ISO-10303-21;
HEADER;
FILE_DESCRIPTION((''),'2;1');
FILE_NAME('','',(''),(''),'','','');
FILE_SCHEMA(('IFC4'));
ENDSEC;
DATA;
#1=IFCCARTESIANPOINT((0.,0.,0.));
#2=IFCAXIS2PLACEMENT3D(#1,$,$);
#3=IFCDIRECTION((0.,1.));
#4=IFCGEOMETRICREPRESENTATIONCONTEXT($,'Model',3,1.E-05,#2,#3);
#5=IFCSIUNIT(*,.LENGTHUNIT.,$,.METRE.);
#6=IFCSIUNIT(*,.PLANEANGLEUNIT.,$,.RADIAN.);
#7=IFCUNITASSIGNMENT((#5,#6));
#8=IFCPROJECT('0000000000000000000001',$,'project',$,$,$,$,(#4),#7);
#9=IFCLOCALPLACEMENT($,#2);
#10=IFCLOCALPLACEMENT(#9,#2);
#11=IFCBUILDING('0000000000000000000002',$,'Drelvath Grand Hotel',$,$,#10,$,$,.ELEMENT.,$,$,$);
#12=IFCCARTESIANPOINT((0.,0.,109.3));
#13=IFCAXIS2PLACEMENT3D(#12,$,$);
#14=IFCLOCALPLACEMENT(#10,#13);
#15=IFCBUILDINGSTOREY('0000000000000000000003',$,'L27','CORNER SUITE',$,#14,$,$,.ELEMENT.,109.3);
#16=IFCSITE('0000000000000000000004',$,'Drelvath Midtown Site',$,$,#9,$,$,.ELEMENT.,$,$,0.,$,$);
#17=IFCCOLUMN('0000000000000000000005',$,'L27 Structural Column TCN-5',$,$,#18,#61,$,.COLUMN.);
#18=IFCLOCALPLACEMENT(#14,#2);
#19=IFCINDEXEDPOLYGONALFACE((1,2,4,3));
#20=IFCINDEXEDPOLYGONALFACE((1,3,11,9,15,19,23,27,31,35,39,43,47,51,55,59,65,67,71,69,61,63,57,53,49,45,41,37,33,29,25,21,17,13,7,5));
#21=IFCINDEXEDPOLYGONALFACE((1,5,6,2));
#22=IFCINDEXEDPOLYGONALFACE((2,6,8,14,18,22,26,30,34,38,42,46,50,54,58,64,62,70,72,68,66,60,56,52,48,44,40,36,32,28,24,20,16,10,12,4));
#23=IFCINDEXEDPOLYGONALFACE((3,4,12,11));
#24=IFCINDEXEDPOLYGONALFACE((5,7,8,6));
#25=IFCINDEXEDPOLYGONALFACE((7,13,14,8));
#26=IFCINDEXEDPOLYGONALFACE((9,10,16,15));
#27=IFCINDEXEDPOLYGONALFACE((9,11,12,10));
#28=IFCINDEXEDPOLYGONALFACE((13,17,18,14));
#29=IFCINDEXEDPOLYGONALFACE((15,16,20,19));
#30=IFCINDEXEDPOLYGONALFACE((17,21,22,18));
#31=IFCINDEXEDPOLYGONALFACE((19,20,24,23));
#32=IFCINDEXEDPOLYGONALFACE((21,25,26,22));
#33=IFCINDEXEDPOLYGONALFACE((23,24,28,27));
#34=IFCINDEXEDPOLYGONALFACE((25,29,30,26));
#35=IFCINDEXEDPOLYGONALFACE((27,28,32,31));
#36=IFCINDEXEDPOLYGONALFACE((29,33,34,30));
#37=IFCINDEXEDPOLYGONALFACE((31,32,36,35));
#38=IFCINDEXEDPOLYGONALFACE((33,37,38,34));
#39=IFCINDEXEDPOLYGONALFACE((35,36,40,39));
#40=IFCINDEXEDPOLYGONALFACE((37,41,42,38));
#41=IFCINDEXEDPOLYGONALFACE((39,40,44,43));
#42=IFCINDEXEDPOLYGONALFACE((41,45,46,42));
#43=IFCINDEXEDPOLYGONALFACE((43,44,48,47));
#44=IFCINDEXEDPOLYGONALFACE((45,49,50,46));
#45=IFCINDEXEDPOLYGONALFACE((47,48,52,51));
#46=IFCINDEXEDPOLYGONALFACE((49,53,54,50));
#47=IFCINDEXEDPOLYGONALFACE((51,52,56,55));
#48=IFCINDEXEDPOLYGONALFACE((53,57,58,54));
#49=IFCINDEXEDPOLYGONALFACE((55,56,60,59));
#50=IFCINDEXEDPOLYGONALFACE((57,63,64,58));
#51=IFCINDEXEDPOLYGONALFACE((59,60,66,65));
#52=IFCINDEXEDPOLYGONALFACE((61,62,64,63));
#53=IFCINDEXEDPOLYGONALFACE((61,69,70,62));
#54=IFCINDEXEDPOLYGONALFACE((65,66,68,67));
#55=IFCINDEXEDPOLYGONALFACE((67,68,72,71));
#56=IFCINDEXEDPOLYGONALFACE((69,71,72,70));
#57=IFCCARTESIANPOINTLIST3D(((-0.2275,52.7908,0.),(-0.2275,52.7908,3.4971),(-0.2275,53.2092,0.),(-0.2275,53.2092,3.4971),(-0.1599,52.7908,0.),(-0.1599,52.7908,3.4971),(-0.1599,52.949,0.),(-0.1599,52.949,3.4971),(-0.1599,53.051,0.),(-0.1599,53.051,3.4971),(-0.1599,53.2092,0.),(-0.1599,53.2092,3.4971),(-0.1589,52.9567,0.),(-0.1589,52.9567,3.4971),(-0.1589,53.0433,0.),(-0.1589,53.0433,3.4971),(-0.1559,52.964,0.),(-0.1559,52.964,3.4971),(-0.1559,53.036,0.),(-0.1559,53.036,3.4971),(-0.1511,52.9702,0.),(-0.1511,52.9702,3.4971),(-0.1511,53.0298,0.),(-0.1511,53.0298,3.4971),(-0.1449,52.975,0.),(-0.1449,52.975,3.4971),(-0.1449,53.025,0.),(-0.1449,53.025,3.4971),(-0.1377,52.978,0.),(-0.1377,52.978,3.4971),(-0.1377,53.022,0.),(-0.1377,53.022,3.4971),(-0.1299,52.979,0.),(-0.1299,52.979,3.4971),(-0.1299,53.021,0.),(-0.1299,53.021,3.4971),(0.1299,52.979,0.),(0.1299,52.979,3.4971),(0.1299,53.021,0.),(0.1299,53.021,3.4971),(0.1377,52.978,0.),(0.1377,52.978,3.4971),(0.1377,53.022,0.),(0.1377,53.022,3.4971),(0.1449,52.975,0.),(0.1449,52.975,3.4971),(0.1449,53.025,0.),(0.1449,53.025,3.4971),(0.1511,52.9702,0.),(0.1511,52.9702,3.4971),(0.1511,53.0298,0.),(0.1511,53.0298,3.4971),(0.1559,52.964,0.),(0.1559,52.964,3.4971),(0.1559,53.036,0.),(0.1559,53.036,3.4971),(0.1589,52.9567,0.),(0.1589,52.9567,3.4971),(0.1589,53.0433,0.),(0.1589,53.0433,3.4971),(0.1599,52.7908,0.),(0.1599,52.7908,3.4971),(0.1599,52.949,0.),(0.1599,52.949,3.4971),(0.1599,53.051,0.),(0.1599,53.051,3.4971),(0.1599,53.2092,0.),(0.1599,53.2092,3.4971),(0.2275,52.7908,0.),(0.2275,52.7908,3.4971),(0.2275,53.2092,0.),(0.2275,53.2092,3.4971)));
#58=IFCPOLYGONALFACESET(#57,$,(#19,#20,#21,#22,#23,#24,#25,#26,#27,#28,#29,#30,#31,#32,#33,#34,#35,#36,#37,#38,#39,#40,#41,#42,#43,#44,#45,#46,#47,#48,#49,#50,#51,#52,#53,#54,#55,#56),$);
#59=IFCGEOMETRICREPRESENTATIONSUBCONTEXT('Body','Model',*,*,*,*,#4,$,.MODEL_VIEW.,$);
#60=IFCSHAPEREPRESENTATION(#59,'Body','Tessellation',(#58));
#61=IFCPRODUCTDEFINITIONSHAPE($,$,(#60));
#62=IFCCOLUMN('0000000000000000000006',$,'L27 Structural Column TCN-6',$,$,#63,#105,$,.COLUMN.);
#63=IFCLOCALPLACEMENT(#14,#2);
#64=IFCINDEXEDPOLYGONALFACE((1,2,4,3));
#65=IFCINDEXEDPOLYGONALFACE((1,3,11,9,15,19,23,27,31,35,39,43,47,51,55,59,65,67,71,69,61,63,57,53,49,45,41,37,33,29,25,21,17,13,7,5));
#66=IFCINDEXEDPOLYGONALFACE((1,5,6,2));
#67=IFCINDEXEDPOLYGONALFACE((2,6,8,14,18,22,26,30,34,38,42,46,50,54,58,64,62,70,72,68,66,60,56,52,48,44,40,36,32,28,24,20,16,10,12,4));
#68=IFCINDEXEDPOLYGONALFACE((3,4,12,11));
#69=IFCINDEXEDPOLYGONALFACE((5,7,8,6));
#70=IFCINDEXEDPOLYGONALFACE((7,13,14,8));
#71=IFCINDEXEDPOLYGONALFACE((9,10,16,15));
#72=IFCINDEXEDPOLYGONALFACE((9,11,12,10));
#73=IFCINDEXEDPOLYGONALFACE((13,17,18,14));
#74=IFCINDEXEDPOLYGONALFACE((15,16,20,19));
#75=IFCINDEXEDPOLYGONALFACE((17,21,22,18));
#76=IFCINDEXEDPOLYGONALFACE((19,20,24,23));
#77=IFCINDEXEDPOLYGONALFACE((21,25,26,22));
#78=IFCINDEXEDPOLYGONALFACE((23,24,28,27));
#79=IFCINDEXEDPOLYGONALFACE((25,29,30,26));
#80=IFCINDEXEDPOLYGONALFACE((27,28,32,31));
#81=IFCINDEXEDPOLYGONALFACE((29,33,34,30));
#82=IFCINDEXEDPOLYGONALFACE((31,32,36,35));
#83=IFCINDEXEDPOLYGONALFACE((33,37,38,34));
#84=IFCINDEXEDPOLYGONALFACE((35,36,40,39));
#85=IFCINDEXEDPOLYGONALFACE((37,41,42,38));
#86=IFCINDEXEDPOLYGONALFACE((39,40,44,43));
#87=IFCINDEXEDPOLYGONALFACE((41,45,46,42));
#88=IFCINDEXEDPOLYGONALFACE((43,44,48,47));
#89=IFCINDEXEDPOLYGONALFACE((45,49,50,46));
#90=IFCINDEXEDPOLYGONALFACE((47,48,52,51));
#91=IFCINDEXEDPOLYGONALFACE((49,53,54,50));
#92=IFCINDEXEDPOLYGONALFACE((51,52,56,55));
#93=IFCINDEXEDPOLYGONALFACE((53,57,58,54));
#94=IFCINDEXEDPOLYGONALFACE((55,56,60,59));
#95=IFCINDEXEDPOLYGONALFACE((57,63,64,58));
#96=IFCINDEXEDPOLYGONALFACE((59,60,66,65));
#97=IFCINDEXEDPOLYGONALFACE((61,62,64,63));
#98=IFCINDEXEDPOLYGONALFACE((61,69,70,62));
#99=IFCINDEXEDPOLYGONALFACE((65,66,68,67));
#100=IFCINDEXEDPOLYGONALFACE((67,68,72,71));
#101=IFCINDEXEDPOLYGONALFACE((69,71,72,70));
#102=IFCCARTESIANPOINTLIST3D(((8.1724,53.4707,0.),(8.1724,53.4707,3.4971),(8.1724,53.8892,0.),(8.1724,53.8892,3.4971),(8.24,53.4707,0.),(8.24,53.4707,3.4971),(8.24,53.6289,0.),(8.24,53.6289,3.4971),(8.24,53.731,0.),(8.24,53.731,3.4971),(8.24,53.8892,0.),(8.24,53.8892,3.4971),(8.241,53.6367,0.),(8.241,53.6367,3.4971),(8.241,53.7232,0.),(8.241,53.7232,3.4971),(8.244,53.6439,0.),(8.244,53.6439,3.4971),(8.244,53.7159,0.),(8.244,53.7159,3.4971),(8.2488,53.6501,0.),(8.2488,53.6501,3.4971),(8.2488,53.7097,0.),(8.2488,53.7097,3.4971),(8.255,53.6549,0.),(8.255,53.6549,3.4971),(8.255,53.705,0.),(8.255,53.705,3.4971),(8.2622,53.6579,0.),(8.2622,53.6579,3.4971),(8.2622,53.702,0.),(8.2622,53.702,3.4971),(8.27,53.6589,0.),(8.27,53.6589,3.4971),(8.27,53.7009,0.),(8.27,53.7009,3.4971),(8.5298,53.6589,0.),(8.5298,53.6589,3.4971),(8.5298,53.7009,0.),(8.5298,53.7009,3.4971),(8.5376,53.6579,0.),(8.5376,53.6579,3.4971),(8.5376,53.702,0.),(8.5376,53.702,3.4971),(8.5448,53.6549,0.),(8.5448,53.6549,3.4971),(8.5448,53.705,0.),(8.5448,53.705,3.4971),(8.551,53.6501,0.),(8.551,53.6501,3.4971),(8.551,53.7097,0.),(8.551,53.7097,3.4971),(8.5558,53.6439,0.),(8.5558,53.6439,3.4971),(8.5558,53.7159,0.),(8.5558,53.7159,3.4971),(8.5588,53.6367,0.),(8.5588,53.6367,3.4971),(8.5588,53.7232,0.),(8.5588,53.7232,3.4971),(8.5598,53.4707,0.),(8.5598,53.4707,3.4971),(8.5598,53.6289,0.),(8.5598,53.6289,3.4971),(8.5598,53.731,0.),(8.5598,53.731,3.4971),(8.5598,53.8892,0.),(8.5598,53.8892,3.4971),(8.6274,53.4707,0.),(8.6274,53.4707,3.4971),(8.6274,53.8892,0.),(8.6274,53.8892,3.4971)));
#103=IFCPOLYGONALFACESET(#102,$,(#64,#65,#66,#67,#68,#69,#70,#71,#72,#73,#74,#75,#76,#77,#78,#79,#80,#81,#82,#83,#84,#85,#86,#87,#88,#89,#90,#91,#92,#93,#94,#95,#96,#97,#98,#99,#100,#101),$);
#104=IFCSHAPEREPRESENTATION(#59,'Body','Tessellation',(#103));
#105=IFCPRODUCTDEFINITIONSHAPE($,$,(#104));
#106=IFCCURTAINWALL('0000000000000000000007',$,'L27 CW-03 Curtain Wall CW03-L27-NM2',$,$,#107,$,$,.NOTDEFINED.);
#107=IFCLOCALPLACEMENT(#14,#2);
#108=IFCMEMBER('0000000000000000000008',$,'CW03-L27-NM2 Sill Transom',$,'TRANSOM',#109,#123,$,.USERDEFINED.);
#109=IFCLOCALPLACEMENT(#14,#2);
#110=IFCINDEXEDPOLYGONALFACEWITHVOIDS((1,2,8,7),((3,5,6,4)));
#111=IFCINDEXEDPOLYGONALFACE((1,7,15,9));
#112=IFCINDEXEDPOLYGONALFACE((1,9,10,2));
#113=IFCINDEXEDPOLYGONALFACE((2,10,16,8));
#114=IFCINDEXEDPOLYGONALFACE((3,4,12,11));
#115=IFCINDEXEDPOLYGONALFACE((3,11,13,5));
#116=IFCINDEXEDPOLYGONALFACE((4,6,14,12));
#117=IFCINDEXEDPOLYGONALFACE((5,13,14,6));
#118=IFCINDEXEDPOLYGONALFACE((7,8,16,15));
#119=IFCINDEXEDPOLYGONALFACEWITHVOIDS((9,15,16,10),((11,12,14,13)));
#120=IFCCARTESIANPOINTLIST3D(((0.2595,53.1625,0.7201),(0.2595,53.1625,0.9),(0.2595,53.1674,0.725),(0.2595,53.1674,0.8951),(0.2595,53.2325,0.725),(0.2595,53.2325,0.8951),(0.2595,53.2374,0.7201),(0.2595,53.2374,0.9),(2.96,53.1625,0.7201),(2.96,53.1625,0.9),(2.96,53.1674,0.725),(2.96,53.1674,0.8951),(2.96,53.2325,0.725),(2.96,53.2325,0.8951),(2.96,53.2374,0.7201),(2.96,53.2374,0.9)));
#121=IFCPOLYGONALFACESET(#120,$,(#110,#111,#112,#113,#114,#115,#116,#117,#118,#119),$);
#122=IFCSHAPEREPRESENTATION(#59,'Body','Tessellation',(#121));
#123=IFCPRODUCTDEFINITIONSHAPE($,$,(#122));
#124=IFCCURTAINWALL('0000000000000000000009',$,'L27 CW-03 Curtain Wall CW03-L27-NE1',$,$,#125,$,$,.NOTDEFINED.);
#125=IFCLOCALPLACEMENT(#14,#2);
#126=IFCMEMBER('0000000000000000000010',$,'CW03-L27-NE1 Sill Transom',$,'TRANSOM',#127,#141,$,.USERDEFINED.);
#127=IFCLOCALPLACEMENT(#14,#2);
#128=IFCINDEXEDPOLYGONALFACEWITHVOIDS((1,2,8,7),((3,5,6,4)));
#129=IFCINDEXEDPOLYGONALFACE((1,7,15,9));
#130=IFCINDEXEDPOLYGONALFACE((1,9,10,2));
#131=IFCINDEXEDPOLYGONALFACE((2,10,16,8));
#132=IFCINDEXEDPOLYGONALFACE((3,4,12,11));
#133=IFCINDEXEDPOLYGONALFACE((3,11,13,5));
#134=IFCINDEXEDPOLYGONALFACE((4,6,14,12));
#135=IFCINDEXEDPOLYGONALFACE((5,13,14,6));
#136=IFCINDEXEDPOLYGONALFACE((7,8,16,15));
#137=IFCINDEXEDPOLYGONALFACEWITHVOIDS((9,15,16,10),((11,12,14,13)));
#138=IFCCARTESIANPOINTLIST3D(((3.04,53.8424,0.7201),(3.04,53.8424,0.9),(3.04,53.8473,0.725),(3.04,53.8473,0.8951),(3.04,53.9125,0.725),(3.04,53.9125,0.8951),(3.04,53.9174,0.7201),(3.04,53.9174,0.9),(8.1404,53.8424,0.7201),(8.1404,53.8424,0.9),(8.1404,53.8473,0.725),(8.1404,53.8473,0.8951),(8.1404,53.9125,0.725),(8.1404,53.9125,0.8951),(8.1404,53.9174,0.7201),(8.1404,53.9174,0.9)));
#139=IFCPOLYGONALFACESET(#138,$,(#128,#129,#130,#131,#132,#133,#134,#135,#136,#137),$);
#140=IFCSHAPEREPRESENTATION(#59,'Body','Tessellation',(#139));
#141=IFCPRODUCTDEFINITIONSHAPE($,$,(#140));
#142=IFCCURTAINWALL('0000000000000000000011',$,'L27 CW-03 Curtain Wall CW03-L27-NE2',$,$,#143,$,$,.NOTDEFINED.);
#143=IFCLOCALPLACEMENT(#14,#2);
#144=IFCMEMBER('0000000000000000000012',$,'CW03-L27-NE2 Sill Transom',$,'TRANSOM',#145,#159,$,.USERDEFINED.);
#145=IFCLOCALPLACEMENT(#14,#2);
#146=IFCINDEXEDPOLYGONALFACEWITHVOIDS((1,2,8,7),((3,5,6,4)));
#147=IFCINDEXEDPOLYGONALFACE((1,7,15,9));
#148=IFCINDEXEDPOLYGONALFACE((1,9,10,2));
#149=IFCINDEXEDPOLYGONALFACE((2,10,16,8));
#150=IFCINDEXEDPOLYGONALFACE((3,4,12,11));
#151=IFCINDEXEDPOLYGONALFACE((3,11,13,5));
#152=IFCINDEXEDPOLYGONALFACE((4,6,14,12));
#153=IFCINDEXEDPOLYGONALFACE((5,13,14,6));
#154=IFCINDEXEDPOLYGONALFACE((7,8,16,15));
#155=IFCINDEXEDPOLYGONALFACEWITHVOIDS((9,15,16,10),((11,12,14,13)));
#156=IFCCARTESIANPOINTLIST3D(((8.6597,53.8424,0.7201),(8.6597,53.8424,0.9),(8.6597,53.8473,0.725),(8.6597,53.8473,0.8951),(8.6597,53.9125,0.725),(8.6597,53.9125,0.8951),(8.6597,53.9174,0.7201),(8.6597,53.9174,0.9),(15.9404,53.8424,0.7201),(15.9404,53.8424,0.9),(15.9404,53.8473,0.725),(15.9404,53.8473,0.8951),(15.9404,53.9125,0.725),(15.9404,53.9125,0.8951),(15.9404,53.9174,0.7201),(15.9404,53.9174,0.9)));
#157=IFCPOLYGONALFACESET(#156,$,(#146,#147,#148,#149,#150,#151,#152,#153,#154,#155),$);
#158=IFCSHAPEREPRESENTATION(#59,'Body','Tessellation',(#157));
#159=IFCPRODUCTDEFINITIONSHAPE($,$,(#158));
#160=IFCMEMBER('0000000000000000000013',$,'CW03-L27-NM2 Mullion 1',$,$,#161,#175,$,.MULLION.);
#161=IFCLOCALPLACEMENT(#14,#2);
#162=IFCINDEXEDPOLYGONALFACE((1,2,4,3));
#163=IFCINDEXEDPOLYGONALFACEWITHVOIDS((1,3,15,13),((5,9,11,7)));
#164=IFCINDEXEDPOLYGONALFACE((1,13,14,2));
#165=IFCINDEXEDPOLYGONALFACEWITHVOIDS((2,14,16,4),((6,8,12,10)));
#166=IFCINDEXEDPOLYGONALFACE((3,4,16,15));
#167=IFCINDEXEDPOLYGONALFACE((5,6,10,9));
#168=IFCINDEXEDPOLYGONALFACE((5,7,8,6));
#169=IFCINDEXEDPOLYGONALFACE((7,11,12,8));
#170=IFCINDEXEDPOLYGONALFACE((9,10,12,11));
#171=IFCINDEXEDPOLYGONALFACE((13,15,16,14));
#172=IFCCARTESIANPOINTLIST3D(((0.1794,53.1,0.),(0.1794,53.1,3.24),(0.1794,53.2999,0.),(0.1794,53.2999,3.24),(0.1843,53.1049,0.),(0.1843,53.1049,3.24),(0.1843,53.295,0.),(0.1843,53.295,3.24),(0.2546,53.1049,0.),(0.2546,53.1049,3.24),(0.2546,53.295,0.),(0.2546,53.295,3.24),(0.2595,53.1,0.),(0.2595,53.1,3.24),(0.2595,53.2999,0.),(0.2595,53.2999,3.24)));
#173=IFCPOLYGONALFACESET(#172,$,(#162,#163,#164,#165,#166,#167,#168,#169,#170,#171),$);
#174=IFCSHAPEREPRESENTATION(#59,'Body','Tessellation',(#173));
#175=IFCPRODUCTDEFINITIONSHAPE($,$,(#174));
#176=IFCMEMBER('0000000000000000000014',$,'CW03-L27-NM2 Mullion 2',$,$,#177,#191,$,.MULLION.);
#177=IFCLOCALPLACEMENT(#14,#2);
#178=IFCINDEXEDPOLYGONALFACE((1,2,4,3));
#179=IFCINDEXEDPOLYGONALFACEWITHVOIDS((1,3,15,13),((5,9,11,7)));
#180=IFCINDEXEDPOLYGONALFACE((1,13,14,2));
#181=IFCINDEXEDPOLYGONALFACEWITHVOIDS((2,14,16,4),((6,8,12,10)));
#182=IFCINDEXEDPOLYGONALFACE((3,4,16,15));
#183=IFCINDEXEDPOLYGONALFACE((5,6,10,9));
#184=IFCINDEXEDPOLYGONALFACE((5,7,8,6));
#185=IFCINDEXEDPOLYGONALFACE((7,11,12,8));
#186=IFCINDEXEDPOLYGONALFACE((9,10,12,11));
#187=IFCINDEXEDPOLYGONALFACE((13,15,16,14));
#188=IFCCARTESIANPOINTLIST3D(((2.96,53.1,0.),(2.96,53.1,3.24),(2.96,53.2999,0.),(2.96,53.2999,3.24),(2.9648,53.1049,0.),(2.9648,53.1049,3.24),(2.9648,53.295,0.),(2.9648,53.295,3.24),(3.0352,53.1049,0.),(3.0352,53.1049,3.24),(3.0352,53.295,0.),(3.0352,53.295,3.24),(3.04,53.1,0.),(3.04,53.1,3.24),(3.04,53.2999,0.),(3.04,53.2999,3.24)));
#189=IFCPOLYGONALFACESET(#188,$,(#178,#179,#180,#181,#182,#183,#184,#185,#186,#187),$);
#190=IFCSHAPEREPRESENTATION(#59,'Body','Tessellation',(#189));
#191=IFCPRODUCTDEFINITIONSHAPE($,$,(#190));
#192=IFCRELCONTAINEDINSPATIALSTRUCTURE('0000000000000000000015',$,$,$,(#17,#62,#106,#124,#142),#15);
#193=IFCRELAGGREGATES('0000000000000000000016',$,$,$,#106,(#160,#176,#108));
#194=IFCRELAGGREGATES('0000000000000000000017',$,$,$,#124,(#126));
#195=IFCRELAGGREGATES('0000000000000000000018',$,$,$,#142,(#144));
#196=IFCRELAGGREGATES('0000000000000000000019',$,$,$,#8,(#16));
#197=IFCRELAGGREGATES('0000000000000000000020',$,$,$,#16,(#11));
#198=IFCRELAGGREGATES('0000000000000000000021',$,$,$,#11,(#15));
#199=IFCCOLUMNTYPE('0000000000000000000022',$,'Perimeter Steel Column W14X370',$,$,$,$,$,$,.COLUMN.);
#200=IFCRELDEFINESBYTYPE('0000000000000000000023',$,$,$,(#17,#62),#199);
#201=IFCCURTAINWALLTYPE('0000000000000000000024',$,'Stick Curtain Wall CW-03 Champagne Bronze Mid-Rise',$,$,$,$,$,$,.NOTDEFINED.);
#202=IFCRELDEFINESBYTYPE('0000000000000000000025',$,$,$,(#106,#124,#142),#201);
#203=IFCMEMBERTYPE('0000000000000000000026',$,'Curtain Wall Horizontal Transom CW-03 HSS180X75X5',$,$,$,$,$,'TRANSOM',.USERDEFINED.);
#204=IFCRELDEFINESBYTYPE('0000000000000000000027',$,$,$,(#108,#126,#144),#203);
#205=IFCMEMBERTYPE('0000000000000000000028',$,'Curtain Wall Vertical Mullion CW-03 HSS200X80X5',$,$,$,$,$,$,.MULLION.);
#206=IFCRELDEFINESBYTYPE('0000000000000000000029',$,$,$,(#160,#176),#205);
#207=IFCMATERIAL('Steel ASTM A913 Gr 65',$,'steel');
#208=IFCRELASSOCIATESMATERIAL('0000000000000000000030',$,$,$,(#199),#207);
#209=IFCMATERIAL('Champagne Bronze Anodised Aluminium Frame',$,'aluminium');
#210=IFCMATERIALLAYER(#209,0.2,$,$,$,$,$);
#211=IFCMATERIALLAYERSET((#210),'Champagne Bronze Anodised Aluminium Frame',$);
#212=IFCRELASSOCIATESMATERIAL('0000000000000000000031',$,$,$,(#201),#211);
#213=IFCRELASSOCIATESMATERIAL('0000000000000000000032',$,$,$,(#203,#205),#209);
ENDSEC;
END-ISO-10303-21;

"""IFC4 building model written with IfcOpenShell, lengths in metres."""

from ifc_helpers import new_model, si_unit, direction, frame, origin, origin_2d, place, context, subcontext, project, spatial, hollow_rectangle, i_section, extrude, material, layer, layer_set, material_profile, profile_set, type_object, element, aggregate, save


model = new_model("IFC4")

# Units and contexts
model_context = context("Model", 3, precision=1e-05, world=origin(), true_north=direction((0.0, 1.0)))
body_context = subcontext(model_context, "Body", "Model", "MODEL_VIEW")
ifc_project = project(units=[si_unit("LENGTHUNIT", "METRE"), si_unit("PLANEANGLEUNIT", "RADIAN")], contexts=[model_context])

# Site, building, storey
site_placement = place(None, origin())
site = spatial("IfcSite", under=ifc_project, at=site_placement, Name="Drelvath Midtown Site", CompositionType="ELEMENT", RefElevation=0.0)
building_placement = place(site_placement, origin())
building = spatial("IfcBuilding", under=site, at=building_placement, Name="Drelvath Grand Hotel", CompositionType="ELEMENT")
storey_placement = place(building_placement, frame((0.0, 0.0, 109.3)))
storey = spatial("IfcBuildingStorey", under=building, at=storey_placement, Name="L27", Description="CORNER SUITE", CompositionType="ELEMENT", Elevation=109.3)

# Columns
ifc_material_1 = material(Name="Steel ASTM A913 Gr 65", Category="steel")
ifc_material_profile_1 = material_profile(ifc_material_1, i_section(OverallWidth=0.4185, OverallDepth=0.4551, WebThickness=0.042, FlangeThickness=0.0676, FilletRadius=0.03, at=origin_2d()), Name="W14X370")
ifc_profile_set_1 = profile_set([ifc_material_profile_1], Name="Steel ASTM A913 Gr 65")
column_type = type_object("IfcColumnType", Name="Perimeter Steel Column W14X370", PredefinedType="COLUMN", material=ifc_profile_set_1)
for number, where, z_axis, x_axis, name in (
    (1, (0.0, 53.0, 0.0), (0.0, 0.0, 1.0), (0.0, 1.0, 0.0), "L27 Structural Column TCN-5"),
    (2, (8.3999, 53.6799, 0.0), (0.0, 0.0, 1.0), (0.0, 1.0, 0.0), "L27 Structural Column TCN-6"),
):
    element("IfcColumn", number, at=place(storey_placement, frame(where, z_axis=z_axis, x_axis=x_axis)), inside=storey, type_object=column_type, Name=name, PredefinedType="COLUMN", context=body_context, shape_type="SweptSolid", body=[
        extrude(i_section(OverallWidth=0.4185, OverallDepth=0.4551, WebThickness=0.042, FlangeThickness=0.0676, FilletRadius=0.03, at=origin_2d()), origin(), (0.0, 0.0, 1.0), 3.4971),
    ])

# Curtain walls, members
ifc_material_2 = material(Name="Champagne Bronze Anodised Aluminium Frame", Category="aluminium")
ifc_layer_1 = layer(ifc_material_2, 0.2)
ifc_layer_set_1 = layer_set([ifc_layer_1], Name="Champagne Bronze Anodised Aluminium Frame")
curtain_wall_type = type_object("IfcCurtainWallType", Name="Stick Curtain Wall CW-03 Champagne Bronze Mid-Rise", PredefinedType="NOTDEFINED", material=ifc_layer_set_1)
curtain_wall_1_placement = place(storey_placement, origin())
curtain_wall_1 = element("IfcCurtainWall", 3, at=curtain_wall_1_placement, inside=storey, type_object=curtain_wall_type, Name="L27 CW-03 Curtain Wall CW03-L27-NM2", PredefinedType="NOTDEFINED")
ifc_material_profile_2 = material_profile(ifc_material_2, hollow_rectangle(XDim=0.075, YDim=0.1799, WallThickness=0.0049, at=origin_2d()), Name="HSS180X75X5")
ifc_profile_set_2 = profile_set([ifc_material_profile_2], Name="Champagne Bronze Anodised Aluminium Frame")
member_type_1 = type_object("IfcMemberType", Name="Curtain Wall Horizontal Transom CW-03 HSS180X75X5", ElementType="TRANSOM", PredefinedType="USERDEFINED", material=ifc_profile_set_2)
member_1_placement = place(storey_placement, frame((0.2595, 53.2, 0.8101), z_axis=(1.0, 0.0, 0.0), x_axis=(0.0, 1.0, 0.0)))
member_1 = element("IfcMember", 4, at=member_1_placement, type_object=member_type_1, Name="CW03-L27-NM2 Sill Transom", ObjectType="TRANSOM", PredefinedType="USERDEFINED", context=body_context, shape_type="SweptSolid", body=[
    extrude(hollow_rectangle(XDim=0.075, YDim=0.1799, WallThickness=0.0049, at=origin_2d()), origin(), (0.0, 0.0, 1.0), 2.7004),
])
curtain_wall_2_placement = place(storey_placement, origin())
curtain_wall_2 = element("IfcCurtainWall", 5, at=curtain_wall_2_placement, inside=storey, type_object=curtain_wall_type, Name="L27 CW-03 Curtain Wall CW03-L27-NE1", PredefinedType="NOTDEFINED")
member_2_placement = place(storey_placement, frame((3.04, 53.8799, 0.8101), z_axis=(1.0, 0.0, 0.0), x_axis=(0.0, 1.0, 0.0)))
member_2 = element("IfcMember", 6, at=member_2_placement, type_object=member_type_1, Name="CW03-L27-NE1 Sill Transom", ObjectType="TRANSOM", PredefinedType="USERDEFINED", context=body_context, shape_type="SweptSolid", body=[
    extrude(hollow_rectangle(XDim=0.075, YDim=0.1799, WallThickness=0.0049, at=origin_2d()), origin(), (0.0, 0.0, 1.0), 5.1003),
])
curtain_wall_3_placement = place(storey_placement, origin())
curtain_wall_3 = element("IfcCurtainWall", 7, at=curtain_wall_3_placement, inside=storey, type_object=curtain_wall_type, Name="L27 CW-03 Curtain Wall CW03-L27-NE2", PredefinedType="NOTDEFINED")
member_3_placement = place(storey_placement, frame((8.6597, 53.8799, 0.8101), z_axis=(1.0, 0.0, 0.0), x_axis=(0.0, 1.0, 0.0)))
member_3 = element("IfcMember", 8, at=member_3_placement, type_object=member_type_1, Name="CW03-L27-NE2 Sill Transom", ObjectType="TRANSOM", PredefinedType="USERDEFINED", context=body_context, shape_type="SweptSolid", body=[
    extrude(hollow_rectangle(XDim=0.075, YDim=0.1799, WallThickness=0.0049, at=origin_2d()), origin(), (0.0, 0.0, 1.0), 7.2808),
])

# Members
ifc_material_profile_3 = material_profile(ifc_material_2, hollow_rectangle(XDim=0.0801, YDim=0.2, WallThickness=0.0049, at=origin_2d()), Name="HSS200X80X5")
ifc_profile_set_3 = profile_set([ifc_material_profile_3], Name="Champagne Bronze Anodised Aluminium Frame")
member_type_2 = type_object("IfcMemberType", Name="Curtain Wall Vertical Mullion CW-03 HSS200X80X5", PredefinedType="MULLION", material=ifc_profile_set_3)
member_4_placement = place(storey_placement, frame((0.2195, 53.2, 0.0), z_axis=(0.0, 0.0, 1.0), x_axis=(1.0, 0.0, 0.0)))
member_4 = element("IfcMember", 9, at=member_4_placement, type_object=member_type_2, Name="CW03-L27-NM2 Mullion 1", PredefinedType="MULLION", context=body_context, shape_type="SweptSolid", body=[
    extrude(hollow_rectangle(XDim=0.0801, YDim=0.2, WallThickness=0.0049, at=origin_2d()), origin(), (0.0, 0.0, 1.0), 3.24),
])
member_5_placement = place(storey_placement, frame((3.0, 53.2, 0.0), z_axis=(0.0, 0.0, 1.0), x_axis=(1.0, 0.0, 0.0)))
member_5 = element("IfcMember", 10, at=member_5_placement, type_object=member_type_2, Name="CW03-L27-NM2 Mullion 2", PredefinedType="MULLION", context=body_context, shape_type="SweptSolid", body=[
    extrude(hollow_rectangle(XDim=0.0801, YDim=0.2, WallThickness=0.0049, at=origin_2d()), origin(), (0.0, 0.0, 1.0), 3.24),
])

aggregate(curtain_wall_1, [member_4, member_5, member_1])
aggregate(curtain_wall_2, [member_2])
aggregate(curtain_wall_3, [member_3])

save(model, "model.ifc")
